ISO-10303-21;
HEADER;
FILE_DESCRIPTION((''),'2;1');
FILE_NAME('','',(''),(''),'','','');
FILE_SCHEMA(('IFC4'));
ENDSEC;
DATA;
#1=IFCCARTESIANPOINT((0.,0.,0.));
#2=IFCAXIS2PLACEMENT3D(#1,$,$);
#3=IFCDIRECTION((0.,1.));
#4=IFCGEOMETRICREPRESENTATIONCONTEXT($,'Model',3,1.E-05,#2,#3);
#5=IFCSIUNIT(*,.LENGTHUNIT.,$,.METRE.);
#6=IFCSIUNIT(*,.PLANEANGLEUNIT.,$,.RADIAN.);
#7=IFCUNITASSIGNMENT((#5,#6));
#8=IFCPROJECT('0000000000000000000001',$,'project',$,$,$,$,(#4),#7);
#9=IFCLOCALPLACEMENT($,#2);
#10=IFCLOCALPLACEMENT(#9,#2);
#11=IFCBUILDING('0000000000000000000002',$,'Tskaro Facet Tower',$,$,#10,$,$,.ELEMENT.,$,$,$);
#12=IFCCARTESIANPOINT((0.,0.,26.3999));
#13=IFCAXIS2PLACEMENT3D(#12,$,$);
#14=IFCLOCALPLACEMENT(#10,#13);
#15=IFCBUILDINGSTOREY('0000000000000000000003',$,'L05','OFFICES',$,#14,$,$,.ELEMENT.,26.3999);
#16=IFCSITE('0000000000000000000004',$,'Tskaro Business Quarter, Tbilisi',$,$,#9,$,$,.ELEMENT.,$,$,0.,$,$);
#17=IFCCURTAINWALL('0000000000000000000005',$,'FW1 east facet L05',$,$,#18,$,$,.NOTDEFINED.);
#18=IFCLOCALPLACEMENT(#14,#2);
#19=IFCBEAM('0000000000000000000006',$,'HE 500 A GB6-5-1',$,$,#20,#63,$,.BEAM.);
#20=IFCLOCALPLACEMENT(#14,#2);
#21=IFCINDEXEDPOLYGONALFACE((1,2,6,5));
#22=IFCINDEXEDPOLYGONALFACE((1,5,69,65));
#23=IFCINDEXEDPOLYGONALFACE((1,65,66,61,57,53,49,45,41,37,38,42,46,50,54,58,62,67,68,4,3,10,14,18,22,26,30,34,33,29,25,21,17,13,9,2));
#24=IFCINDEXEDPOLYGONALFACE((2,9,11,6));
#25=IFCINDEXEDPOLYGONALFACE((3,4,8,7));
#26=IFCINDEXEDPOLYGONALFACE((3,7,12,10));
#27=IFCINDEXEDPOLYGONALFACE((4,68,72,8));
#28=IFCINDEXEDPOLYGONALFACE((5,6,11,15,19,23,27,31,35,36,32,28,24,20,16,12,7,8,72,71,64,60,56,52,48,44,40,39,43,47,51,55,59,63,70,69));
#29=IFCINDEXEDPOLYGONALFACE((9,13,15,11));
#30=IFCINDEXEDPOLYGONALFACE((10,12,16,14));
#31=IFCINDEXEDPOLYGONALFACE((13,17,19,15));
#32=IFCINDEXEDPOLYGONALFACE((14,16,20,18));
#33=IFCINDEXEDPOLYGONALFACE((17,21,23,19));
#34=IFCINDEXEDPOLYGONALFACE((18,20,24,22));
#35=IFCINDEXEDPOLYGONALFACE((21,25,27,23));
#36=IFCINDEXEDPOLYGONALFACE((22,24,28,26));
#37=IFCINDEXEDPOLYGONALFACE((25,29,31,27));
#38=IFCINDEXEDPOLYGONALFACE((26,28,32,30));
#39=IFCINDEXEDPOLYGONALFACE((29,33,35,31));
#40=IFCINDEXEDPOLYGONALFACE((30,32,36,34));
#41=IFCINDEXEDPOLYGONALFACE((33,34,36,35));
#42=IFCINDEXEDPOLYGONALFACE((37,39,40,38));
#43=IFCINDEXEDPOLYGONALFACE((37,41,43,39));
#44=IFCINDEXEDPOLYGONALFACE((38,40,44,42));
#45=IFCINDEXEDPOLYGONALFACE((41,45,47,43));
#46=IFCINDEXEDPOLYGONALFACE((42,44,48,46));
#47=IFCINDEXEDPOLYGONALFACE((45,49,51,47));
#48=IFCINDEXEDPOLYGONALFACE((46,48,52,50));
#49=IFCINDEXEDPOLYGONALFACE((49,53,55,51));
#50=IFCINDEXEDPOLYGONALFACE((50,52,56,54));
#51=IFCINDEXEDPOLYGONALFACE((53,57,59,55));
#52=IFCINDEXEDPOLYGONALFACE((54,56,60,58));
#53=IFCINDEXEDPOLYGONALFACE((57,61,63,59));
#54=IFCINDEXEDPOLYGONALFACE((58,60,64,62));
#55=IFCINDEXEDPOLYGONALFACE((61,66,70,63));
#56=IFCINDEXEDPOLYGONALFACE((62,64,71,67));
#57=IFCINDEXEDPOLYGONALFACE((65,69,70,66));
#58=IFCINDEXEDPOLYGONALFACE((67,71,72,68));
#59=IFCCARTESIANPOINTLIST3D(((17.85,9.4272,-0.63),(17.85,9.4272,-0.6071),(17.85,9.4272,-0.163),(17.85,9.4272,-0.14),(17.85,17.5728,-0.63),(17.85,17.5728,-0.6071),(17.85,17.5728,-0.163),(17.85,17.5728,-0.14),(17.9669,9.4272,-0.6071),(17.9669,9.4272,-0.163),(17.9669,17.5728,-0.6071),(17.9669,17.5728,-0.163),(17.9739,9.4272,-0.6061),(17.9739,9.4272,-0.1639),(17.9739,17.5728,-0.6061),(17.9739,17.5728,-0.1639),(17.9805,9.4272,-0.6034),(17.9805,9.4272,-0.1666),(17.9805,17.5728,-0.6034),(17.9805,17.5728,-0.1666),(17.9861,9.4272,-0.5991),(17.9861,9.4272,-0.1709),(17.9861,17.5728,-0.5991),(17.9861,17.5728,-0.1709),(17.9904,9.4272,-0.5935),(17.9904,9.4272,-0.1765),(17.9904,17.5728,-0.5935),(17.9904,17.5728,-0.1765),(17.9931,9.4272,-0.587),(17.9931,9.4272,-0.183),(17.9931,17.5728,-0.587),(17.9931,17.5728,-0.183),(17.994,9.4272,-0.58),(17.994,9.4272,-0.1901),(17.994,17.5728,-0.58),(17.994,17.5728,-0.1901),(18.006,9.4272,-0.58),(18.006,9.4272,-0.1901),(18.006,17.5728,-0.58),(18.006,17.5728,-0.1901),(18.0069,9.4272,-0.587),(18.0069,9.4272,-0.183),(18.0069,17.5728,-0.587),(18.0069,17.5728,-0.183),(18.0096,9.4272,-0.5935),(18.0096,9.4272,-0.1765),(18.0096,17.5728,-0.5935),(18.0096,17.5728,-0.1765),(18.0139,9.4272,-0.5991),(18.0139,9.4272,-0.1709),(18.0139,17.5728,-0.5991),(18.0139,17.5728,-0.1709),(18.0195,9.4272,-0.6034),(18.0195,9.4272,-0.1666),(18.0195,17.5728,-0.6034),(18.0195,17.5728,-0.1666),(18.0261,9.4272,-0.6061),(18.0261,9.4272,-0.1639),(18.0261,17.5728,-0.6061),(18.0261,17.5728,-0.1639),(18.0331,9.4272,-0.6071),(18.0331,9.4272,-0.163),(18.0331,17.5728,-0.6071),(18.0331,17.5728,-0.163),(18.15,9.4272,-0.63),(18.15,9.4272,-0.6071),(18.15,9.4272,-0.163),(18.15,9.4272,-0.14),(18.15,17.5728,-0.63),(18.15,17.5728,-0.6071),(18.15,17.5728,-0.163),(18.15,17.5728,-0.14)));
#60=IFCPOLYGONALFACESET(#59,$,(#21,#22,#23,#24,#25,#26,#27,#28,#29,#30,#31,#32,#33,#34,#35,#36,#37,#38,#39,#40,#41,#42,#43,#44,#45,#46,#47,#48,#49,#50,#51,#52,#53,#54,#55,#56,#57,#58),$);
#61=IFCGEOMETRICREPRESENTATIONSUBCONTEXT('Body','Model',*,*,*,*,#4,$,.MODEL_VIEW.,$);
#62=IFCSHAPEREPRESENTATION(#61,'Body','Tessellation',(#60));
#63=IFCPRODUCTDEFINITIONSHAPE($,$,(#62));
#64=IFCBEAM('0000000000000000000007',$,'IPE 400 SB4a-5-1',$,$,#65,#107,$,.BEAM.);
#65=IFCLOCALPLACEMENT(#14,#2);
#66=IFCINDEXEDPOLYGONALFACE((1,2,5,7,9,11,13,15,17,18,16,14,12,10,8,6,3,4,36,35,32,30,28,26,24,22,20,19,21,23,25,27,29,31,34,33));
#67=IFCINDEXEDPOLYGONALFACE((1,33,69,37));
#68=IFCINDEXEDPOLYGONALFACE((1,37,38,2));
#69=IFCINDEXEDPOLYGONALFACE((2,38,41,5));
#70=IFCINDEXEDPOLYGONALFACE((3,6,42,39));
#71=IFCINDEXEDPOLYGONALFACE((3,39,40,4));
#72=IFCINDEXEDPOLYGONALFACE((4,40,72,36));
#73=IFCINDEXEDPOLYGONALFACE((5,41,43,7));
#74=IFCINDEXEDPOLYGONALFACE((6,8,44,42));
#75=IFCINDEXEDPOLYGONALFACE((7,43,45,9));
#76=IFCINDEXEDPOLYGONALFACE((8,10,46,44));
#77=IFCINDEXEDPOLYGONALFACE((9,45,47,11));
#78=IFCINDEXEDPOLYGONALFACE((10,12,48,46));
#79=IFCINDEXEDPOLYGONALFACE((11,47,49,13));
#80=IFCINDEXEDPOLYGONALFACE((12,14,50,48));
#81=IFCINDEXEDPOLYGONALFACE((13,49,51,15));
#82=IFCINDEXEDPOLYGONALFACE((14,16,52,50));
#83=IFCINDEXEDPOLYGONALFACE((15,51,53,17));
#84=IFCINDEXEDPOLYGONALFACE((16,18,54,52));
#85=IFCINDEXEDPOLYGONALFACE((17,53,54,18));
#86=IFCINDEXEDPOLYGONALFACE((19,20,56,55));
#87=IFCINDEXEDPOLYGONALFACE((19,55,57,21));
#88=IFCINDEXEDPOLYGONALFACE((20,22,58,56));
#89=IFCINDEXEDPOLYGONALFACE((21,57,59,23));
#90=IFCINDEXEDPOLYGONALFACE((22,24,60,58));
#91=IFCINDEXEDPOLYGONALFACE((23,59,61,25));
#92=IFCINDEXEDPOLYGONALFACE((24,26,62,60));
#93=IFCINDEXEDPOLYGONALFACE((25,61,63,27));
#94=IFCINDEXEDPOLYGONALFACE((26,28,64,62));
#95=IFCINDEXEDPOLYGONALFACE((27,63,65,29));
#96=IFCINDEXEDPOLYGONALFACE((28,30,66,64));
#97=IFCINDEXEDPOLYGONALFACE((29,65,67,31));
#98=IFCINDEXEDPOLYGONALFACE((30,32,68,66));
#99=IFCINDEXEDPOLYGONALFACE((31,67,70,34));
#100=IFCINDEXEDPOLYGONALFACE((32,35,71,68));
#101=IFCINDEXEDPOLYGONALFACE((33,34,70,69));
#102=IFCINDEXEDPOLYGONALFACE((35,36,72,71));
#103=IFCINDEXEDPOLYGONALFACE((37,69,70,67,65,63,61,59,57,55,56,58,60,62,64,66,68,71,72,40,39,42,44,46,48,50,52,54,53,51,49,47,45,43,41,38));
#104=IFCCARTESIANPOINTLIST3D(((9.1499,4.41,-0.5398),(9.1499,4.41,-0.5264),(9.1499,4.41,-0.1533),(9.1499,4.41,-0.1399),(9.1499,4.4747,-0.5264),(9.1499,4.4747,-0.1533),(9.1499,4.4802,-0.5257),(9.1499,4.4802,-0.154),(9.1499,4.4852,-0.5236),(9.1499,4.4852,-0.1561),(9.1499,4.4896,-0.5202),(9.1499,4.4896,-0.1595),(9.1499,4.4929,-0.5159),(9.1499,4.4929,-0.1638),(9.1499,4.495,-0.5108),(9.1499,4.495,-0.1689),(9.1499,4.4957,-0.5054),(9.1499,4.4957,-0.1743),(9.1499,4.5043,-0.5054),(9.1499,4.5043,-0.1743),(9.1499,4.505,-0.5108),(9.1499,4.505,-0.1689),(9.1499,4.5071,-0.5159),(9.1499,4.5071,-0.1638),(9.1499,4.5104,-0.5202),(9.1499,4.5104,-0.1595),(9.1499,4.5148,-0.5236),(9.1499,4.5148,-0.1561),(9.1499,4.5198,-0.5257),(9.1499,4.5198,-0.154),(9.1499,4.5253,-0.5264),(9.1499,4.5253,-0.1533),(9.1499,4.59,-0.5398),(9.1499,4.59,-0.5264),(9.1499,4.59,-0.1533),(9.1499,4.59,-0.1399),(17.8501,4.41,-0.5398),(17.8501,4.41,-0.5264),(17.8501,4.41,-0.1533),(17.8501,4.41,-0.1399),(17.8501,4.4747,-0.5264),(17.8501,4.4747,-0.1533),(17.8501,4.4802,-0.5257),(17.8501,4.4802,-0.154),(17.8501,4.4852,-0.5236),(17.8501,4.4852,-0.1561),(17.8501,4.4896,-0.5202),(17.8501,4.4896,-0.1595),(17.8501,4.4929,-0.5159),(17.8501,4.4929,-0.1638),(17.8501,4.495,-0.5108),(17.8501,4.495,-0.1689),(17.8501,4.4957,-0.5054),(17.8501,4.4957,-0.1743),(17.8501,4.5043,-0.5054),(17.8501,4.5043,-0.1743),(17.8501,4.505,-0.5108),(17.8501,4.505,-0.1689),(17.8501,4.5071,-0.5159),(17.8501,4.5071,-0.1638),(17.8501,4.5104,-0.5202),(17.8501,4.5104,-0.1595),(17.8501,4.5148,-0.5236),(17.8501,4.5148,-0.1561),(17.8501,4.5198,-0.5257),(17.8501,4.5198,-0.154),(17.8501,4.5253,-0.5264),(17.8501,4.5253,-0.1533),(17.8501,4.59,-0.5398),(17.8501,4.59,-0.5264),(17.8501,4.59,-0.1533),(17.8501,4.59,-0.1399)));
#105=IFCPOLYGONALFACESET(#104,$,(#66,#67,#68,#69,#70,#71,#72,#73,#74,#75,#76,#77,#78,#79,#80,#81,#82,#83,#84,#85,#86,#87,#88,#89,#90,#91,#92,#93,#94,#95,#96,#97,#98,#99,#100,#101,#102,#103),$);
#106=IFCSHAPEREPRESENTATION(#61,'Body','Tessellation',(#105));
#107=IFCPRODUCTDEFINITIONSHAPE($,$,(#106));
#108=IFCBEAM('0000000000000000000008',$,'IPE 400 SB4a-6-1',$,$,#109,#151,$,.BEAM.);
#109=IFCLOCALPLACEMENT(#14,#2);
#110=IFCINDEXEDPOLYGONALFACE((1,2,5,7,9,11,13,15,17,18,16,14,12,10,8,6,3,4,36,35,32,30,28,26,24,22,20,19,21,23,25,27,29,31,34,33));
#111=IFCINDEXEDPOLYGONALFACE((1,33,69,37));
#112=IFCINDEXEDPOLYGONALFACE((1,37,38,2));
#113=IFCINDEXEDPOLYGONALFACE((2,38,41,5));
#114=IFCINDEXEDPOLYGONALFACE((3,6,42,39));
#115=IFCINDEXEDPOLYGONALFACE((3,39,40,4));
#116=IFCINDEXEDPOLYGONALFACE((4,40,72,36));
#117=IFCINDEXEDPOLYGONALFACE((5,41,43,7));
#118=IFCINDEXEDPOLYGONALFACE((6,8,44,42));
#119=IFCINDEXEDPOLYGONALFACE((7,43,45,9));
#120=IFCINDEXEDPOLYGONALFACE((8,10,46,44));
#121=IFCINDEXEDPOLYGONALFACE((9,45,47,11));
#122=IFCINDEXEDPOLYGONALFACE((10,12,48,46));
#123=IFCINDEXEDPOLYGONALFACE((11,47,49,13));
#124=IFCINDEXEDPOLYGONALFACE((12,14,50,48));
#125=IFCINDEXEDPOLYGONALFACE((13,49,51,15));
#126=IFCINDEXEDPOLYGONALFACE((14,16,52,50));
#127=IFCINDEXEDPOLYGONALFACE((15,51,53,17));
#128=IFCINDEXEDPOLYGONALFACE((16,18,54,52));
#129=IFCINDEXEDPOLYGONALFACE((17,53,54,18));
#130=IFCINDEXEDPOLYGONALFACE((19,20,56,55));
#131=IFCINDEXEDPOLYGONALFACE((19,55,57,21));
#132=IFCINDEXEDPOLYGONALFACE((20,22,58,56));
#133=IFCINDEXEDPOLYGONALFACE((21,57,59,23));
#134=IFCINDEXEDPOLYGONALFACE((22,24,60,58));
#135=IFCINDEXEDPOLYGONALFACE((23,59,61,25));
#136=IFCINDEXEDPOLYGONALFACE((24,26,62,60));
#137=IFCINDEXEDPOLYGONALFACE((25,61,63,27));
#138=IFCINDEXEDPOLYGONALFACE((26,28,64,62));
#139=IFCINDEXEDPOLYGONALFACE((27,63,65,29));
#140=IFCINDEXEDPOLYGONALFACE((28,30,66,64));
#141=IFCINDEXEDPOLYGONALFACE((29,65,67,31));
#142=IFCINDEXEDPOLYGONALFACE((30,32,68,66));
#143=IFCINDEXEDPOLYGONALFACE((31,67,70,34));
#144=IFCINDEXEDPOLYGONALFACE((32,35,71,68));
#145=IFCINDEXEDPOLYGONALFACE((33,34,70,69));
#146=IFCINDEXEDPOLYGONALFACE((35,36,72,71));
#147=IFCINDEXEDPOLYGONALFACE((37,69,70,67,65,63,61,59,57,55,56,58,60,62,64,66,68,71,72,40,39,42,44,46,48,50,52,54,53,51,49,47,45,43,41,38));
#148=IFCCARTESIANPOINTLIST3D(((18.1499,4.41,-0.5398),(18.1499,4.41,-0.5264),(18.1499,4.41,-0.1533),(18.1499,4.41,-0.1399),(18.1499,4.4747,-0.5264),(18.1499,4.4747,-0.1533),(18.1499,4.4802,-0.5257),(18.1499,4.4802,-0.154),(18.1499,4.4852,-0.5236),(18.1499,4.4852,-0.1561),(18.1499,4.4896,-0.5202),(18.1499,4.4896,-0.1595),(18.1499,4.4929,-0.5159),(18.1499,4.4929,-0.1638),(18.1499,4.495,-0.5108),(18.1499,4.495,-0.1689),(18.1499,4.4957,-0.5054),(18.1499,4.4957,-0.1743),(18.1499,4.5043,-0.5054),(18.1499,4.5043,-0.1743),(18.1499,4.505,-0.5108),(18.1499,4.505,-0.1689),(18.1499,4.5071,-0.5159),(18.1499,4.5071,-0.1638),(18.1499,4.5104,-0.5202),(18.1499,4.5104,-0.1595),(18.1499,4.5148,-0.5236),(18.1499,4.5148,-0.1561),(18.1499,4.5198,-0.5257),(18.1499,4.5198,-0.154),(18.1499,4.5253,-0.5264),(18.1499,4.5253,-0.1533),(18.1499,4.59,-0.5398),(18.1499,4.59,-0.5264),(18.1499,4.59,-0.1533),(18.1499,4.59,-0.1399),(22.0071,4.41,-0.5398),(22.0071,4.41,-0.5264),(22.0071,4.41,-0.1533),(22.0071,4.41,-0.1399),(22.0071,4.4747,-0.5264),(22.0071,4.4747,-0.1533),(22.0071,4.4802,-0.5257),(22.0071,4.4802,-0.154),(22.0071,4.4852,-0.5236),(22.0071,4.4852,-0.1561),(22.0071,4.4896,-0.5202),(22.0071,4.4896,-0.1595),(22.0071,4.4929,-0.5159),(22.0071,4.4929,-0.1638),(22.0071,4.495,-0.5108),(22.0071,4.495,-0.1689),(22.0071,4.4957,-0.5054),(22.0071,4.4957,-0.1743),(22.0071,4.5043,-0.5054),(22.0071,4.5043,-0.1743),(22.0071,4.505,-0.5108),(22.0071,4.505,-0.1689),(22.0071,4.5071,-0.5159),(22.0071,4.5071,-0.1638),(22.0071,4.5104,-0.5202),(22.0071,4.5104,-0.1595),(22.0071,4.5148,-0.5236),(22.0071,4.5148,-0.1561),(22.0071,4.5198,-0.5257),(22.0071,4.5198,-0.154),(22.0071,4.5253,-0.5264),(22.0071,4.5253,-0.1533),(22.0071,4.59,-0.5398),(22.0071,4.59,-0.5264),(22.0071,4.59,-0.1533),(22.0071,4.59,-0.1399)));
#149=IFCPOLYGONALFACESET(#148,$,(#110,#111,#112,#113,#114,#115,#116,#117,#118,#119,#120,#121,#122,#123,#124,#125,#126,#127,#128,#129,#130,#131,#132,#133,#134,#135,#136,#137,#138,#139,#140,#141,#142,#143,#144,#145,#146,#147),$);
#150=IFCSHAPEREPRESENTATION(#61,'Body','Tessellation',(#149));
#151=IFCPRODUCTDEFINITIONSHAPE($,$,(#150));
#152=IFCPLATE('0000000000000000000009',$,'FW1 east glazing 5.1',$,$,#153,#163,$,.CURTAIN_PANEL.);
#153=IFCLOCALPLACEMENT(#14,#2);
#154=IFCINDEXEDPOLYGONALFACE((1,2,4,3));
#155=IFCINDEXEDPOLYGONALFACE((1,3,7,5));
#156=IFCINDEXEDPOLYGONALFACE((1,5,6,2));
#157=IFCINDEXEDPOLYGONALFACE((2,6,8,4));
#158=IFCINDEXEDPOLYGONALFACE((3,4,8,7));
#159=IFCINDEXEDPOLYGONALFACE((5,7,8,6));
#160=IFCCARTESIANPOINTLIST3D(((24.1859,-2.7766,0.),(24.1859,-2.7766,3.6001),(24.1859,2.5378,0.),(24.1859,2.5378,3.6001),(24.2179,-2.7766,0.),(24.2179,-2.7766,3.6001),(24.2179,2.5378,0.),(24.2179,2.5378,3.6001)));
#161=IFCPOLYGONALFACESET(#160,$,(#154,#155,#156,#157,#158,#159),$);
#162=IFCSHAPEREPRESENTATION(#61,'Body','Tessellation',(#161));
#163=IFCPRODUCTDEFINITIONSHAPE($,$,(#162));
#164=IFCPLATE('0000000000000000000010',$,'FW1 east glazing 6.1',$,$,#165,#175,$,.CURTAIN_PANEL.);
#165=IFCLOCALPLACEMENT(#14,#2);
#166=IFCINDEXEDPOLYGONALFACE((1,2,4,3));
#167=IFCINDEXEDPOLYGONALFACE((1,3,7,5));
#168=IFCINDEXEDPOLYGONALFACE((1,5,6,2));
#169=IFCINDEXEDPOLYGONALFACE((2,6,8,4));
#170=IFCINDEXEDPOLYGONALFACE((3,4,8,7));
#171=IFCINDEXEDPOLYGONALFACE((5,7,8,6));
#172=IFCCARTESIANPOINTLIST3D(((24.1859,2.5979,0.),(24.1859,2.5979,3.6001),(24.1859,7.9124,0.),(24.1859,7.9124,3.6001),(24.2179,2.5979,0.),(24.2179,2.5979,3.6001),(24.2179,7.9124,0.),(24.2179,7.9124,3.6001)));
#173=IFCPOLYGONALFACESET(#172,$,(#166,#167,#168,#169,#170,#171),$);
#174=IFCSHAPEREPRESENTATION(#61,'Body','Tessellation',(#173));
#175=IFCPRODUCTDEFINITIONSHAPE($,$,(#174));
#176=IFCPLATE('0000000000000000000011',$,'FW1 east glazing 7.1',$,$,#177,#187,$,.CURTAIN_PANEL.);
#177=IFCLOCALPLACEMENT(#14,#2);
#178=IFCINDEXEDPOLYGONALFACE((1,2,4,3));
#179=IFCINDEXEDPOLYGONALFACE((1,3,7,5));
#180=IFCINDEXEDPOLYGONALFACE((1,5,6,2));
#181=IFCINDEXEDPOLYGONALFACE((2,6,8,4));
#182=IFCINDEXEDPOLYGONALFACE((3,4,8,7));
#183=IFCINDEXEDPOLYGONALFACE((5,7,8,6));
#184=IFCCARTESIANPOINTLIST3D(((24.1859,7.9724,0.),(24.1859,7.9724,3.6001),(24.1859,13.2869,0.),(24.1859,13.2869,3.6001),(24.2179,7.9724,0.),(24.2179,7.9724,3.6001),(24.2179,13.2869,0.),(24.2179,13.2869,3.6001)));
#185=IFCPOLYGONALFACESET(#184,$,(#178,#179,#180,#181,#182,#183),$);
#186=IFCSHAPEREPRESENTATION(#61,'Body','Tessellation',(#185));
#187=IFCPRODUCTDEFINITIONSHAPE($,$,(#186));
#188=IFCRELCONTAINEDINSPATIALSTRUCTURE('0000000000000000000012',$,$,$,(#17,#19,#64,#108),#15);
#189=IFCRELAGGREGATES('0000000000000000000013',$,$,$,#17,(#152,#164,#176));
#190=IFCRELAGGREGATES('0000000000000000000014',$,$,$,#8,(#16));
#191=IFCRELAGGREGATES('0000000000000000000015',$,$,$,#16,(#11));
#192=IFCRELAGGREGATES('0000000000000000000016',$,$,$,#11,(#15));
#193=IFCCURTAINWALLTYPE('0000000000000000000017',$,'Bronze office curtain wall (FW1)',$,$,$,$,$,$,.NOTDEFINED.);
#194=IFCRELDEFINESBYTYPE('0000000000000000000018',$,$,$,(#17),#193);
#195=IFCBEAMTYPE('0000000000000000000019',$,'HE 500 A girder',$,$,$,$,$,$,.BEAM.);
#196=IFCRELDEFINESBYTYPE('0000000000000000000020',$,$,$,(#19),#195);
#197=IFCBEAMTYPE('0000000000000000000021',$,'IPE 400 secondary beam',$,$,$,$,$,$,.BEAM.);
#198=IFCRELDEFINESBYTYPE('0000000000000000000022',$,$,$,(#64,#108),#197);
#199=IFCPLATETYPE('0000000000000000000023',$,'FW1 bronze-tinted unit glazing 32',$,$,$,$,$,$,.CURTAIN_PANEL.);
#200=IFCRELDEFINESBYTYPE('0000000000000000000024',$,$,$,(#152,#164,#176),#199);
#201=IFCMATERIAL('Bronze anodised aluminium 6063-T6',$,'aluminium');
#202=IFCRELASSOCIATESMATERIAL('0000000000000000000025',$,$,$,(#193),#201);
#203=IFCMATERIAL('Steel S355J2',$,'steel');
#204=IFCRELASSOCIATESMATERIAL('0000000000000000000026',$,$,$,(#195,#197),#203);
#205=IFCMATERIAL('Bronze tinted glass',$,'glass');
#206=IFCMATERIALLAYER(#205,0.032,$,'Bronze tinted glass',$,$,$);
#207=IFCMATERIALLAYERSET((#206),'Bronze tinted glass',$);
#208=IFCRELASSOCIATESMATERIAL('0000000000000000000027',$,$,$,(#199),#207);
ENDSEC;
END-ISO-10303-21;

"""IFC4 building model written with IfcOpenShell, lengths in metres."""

from ifc_helpers import new_model, si_unit, direction, frame, origin, origin_2d, place, context, subcontext, project, spatial, rectangle, i_section, extrude, material, layer, layer_set, material_profile, profile_set, type_object, element, aggregate, save


model = new_model("IFC4")

# Units and contexts
model_context = context("Model", 3, precision=1e-05, world=origin(), true_north=direction((0.0, 1.0)))
body_context = subcontext(model_context, "Body", "Model", "MODEL_VIEW")
ifc_project = project(units=[si_unit("LENGTHUNIT", "METRE"), si_unit("PLANEANGLEUNIT", "RADIAN")], contexts=[model_context])

# Site, building, storey
site_placement = place(None, origin())
site = spatial("IfcSite", under=ifc_project, at=site_placement, Name="Tskaro Business Quarter, Tbilisi", CompositionType="ELEMENT", RefElevation=0.0)
building_placement = place(site_placement, origin())
building = spatial("IfcBuilding", under=site, at=building_placement, Name="Tskaro Facet Tower", CompositionType="ELEMENT")
storey_placement = place(building_placement, frame((0.0, 0.0, 26.3999)))
storey = spatial("IfcBuildingStorey", under=building, at=storey_placement, Name="L05", Description="OFFICES", CompositionType="ELEMENT", Elevation=26.3999)

# Curtain wall
ifc_material_1 = material(Name="Bronze anodised aluminium 6063-T6", Category="aluminium")
curtain_wall_type = type_object("IfcCurtainWallType", Name="Bronze office curtain wall (FW1)", PredefinedType="NOTDEFINED", material=ifc_material_1)
curtain_wall_placement = place(storey_placement, origin())
curtain_wall = element("IfcCurtainWall", 1, at=curtain_wall_placement, inside=storey, type_object=curtain_wall_type, Name="FW1 east facet L05", PredefinedType="NOTDEFINED")

# Beams
ifc_material_2 = material(Name="Steel S355J2", Category="steel")
ifc_material_profile_1 = material_profile(ifc_material_2, i_section(OverallWidth=0.3, OverallDepth=0.49, WebThickness=0.012, FlangeThickness=0.0229, FilletRadius=0.0271, at=origin_2d()), Name="HE 500 A")
ifc_profile_set_1 = profile_set([ifc_material_profile_1], Name="Steel S355J2")
beam_type_1 = type_object("IfcBeamType", Name="HE 500 A girder", PredefinedType="BEAM", material=ifc_profile_set_1)
for number, where, z_axis, x_axis, name in (
    (2, (18.0, 9.4272, -0.385), (0.0, 1.0, 0.0), (-1.0, 0.0, 0.0), "HE 500 A GB6-5-1"),
):
    element("IfcBeam", number, at=place(storey_placement, frame(where, z_axis=z_axis, x_axis=x_axis)), inside=storey, type_object=beam_type_1, Name=name, PredefinedType="BEAM", context=body_context, shape_type="SweptSolid", body=[
        extrude(i_section(OverallWidth=0.3, OverallDepth=0.49, WebThickness=0.012, FlangeThickness=0.0229, FilletRadius=0.0271, at=origin_2d()), origin(), (0.0, 0.0, 1.0), 8.1455),
    ])
ifc_material_profile_2 = material_profile(ifc_material_2, i_section(OverallWidth=0.1799, OverallDepth=0.3999, WebThickness=0.0085, FlangeThickness=0.0134, FilletRadius=0.021, at=origin_2d()), Name="IPE 400")
ifc_profile_set_2 = profile_set([ifc_material_profile_2], Name="Steel S355J2")
beam_type_2 = type_object("IfcBeamType", Name="IPE 400 secondary beam", PredefinedType="BEAM", material=ifc_profile_set_2)
beam_1_placement = place(storey_placement, frame((9.1499, 4.5, -0.3398), z_axis=(1.0, 0.0, 0.0), x_axis=(0.0, 1.0, 0.0)))
element("IfcBeam", 3, at=beam_1_placement, inside=storey, type_object=beam_type_2, Name="IPE 400 SB4a-5-1", PredefinedType="BEAM", context=body_context, shape_type="SweptSolid", body=[
    extrude(i_section(OverallWidth=0.1799, OverallDepth=0.3999, WebThickness=0.0085, FlangeThickness=0.0134, FilletRadius=0.021, at=origin_2d()), origin(), (0.0, 0.0, 1.0), 8.7002),
])
beam_2_placement = place(storey_placement, frame((18.1499, 4.5, -0.3398), z_axis=(1.0, 0.0, 0.0), x_axis=(0.0, 1.0, 0.0)))
element("IfcBeam", 4, at=beam_2_placement, inside=storey, type_object=beam_type_2, Name="IPE 400 SB4a-6-1", PredefinedType="BEAM", context=body_context, shape_type="SweptSolid", body=[
    extrude(i_section(OverallWidth=0.1799, OverallDepth=0.3999, WebThickness=0.0085, FlangeThickness=0.0134, FilletRadius=0.021, at=origin_2d()), origin(), (0.0, 0.0, 1.0), 3.8572),
])

# Plates
ifc_material_3 = material(Name="Bronze tinted glass", Category="glass")
ifc_layer_1 = layer(ifc_material_3, 0.032, Name="Bronze tinted glass")
ifc_layer_set_1 = layer_set([ifc_layer_1], Name="Bronze tinted glass")
plate_type = type_object("IfcPlateType", Name="FW1 bronze-tinted unit glazing 32", PredefinedType="CURTAIN_PANEL", material=ifc_layer_set_1)
plate_1_placement = place(storey_placement, frame((24.2019, -0.1194, 0.0), z_axis=(0.0, 0.0, 1.0), x_axis=(0.0, 1.0, 0.0)))
plate_1 = element("IfcPlate", 5, at=plate_1_placement, type_object=plate_type, Name="FW1 east glazing 5.1", PredefinedType="CURTAIN_PANEL", context=body_context, shape_type="SweptSolid", body=[
    extrude(rectangle(XDim=5.3145, YDim=0.032, at=origin_2d()), origin(), (0.0, 0.0, 1.0), 3.6001),
])
plate_2_placement = place(storey_placement, frame((24.2019, 5.2551, 0.0), z_axis=(0.0, 0.0, 1.0), x_axis=(0.0, 1.0, 0.0)))
plate_2 = element("IfcPlate", 6, at=plate_2_placement, type_object=plate_type, Name="FW1 east glazing 6.1", PredefinedType="CURTAIN_PANEL", context=body_context, shape_type="SweptSolid", body=[
    extrude(rectangle(XDim=5.3145, YDim=0.032, at=origin_2d()), origin(), (0.0, 0.0, 1.0), 3.6001),
])
plate_3_placement = place(storey_placement, frame((24.2019, 10.6296, 0.0), z_axis=(0.0, 0.0, 1.0), x_axis=(0.0, 1.0, 0.0)))
plate_3 = element("IfcPlate", 7, at=plate_3_placement, type_object=plate_type, Name="FW1 east glazing 7.1", PredefinedType="CURTAIN_PANEL", context=body_context, shape_type="SweptSolid", body=[
    extrude(rectangle(XDim=5.3145, YDim=0.032, at=origin_2d()), origin(), (0.0, 0.0, 1.0), 3.6001),
])
aggregate(curtain_wall, [plate_1, plate_2, plate_3])

save(model, "model.ifc")
